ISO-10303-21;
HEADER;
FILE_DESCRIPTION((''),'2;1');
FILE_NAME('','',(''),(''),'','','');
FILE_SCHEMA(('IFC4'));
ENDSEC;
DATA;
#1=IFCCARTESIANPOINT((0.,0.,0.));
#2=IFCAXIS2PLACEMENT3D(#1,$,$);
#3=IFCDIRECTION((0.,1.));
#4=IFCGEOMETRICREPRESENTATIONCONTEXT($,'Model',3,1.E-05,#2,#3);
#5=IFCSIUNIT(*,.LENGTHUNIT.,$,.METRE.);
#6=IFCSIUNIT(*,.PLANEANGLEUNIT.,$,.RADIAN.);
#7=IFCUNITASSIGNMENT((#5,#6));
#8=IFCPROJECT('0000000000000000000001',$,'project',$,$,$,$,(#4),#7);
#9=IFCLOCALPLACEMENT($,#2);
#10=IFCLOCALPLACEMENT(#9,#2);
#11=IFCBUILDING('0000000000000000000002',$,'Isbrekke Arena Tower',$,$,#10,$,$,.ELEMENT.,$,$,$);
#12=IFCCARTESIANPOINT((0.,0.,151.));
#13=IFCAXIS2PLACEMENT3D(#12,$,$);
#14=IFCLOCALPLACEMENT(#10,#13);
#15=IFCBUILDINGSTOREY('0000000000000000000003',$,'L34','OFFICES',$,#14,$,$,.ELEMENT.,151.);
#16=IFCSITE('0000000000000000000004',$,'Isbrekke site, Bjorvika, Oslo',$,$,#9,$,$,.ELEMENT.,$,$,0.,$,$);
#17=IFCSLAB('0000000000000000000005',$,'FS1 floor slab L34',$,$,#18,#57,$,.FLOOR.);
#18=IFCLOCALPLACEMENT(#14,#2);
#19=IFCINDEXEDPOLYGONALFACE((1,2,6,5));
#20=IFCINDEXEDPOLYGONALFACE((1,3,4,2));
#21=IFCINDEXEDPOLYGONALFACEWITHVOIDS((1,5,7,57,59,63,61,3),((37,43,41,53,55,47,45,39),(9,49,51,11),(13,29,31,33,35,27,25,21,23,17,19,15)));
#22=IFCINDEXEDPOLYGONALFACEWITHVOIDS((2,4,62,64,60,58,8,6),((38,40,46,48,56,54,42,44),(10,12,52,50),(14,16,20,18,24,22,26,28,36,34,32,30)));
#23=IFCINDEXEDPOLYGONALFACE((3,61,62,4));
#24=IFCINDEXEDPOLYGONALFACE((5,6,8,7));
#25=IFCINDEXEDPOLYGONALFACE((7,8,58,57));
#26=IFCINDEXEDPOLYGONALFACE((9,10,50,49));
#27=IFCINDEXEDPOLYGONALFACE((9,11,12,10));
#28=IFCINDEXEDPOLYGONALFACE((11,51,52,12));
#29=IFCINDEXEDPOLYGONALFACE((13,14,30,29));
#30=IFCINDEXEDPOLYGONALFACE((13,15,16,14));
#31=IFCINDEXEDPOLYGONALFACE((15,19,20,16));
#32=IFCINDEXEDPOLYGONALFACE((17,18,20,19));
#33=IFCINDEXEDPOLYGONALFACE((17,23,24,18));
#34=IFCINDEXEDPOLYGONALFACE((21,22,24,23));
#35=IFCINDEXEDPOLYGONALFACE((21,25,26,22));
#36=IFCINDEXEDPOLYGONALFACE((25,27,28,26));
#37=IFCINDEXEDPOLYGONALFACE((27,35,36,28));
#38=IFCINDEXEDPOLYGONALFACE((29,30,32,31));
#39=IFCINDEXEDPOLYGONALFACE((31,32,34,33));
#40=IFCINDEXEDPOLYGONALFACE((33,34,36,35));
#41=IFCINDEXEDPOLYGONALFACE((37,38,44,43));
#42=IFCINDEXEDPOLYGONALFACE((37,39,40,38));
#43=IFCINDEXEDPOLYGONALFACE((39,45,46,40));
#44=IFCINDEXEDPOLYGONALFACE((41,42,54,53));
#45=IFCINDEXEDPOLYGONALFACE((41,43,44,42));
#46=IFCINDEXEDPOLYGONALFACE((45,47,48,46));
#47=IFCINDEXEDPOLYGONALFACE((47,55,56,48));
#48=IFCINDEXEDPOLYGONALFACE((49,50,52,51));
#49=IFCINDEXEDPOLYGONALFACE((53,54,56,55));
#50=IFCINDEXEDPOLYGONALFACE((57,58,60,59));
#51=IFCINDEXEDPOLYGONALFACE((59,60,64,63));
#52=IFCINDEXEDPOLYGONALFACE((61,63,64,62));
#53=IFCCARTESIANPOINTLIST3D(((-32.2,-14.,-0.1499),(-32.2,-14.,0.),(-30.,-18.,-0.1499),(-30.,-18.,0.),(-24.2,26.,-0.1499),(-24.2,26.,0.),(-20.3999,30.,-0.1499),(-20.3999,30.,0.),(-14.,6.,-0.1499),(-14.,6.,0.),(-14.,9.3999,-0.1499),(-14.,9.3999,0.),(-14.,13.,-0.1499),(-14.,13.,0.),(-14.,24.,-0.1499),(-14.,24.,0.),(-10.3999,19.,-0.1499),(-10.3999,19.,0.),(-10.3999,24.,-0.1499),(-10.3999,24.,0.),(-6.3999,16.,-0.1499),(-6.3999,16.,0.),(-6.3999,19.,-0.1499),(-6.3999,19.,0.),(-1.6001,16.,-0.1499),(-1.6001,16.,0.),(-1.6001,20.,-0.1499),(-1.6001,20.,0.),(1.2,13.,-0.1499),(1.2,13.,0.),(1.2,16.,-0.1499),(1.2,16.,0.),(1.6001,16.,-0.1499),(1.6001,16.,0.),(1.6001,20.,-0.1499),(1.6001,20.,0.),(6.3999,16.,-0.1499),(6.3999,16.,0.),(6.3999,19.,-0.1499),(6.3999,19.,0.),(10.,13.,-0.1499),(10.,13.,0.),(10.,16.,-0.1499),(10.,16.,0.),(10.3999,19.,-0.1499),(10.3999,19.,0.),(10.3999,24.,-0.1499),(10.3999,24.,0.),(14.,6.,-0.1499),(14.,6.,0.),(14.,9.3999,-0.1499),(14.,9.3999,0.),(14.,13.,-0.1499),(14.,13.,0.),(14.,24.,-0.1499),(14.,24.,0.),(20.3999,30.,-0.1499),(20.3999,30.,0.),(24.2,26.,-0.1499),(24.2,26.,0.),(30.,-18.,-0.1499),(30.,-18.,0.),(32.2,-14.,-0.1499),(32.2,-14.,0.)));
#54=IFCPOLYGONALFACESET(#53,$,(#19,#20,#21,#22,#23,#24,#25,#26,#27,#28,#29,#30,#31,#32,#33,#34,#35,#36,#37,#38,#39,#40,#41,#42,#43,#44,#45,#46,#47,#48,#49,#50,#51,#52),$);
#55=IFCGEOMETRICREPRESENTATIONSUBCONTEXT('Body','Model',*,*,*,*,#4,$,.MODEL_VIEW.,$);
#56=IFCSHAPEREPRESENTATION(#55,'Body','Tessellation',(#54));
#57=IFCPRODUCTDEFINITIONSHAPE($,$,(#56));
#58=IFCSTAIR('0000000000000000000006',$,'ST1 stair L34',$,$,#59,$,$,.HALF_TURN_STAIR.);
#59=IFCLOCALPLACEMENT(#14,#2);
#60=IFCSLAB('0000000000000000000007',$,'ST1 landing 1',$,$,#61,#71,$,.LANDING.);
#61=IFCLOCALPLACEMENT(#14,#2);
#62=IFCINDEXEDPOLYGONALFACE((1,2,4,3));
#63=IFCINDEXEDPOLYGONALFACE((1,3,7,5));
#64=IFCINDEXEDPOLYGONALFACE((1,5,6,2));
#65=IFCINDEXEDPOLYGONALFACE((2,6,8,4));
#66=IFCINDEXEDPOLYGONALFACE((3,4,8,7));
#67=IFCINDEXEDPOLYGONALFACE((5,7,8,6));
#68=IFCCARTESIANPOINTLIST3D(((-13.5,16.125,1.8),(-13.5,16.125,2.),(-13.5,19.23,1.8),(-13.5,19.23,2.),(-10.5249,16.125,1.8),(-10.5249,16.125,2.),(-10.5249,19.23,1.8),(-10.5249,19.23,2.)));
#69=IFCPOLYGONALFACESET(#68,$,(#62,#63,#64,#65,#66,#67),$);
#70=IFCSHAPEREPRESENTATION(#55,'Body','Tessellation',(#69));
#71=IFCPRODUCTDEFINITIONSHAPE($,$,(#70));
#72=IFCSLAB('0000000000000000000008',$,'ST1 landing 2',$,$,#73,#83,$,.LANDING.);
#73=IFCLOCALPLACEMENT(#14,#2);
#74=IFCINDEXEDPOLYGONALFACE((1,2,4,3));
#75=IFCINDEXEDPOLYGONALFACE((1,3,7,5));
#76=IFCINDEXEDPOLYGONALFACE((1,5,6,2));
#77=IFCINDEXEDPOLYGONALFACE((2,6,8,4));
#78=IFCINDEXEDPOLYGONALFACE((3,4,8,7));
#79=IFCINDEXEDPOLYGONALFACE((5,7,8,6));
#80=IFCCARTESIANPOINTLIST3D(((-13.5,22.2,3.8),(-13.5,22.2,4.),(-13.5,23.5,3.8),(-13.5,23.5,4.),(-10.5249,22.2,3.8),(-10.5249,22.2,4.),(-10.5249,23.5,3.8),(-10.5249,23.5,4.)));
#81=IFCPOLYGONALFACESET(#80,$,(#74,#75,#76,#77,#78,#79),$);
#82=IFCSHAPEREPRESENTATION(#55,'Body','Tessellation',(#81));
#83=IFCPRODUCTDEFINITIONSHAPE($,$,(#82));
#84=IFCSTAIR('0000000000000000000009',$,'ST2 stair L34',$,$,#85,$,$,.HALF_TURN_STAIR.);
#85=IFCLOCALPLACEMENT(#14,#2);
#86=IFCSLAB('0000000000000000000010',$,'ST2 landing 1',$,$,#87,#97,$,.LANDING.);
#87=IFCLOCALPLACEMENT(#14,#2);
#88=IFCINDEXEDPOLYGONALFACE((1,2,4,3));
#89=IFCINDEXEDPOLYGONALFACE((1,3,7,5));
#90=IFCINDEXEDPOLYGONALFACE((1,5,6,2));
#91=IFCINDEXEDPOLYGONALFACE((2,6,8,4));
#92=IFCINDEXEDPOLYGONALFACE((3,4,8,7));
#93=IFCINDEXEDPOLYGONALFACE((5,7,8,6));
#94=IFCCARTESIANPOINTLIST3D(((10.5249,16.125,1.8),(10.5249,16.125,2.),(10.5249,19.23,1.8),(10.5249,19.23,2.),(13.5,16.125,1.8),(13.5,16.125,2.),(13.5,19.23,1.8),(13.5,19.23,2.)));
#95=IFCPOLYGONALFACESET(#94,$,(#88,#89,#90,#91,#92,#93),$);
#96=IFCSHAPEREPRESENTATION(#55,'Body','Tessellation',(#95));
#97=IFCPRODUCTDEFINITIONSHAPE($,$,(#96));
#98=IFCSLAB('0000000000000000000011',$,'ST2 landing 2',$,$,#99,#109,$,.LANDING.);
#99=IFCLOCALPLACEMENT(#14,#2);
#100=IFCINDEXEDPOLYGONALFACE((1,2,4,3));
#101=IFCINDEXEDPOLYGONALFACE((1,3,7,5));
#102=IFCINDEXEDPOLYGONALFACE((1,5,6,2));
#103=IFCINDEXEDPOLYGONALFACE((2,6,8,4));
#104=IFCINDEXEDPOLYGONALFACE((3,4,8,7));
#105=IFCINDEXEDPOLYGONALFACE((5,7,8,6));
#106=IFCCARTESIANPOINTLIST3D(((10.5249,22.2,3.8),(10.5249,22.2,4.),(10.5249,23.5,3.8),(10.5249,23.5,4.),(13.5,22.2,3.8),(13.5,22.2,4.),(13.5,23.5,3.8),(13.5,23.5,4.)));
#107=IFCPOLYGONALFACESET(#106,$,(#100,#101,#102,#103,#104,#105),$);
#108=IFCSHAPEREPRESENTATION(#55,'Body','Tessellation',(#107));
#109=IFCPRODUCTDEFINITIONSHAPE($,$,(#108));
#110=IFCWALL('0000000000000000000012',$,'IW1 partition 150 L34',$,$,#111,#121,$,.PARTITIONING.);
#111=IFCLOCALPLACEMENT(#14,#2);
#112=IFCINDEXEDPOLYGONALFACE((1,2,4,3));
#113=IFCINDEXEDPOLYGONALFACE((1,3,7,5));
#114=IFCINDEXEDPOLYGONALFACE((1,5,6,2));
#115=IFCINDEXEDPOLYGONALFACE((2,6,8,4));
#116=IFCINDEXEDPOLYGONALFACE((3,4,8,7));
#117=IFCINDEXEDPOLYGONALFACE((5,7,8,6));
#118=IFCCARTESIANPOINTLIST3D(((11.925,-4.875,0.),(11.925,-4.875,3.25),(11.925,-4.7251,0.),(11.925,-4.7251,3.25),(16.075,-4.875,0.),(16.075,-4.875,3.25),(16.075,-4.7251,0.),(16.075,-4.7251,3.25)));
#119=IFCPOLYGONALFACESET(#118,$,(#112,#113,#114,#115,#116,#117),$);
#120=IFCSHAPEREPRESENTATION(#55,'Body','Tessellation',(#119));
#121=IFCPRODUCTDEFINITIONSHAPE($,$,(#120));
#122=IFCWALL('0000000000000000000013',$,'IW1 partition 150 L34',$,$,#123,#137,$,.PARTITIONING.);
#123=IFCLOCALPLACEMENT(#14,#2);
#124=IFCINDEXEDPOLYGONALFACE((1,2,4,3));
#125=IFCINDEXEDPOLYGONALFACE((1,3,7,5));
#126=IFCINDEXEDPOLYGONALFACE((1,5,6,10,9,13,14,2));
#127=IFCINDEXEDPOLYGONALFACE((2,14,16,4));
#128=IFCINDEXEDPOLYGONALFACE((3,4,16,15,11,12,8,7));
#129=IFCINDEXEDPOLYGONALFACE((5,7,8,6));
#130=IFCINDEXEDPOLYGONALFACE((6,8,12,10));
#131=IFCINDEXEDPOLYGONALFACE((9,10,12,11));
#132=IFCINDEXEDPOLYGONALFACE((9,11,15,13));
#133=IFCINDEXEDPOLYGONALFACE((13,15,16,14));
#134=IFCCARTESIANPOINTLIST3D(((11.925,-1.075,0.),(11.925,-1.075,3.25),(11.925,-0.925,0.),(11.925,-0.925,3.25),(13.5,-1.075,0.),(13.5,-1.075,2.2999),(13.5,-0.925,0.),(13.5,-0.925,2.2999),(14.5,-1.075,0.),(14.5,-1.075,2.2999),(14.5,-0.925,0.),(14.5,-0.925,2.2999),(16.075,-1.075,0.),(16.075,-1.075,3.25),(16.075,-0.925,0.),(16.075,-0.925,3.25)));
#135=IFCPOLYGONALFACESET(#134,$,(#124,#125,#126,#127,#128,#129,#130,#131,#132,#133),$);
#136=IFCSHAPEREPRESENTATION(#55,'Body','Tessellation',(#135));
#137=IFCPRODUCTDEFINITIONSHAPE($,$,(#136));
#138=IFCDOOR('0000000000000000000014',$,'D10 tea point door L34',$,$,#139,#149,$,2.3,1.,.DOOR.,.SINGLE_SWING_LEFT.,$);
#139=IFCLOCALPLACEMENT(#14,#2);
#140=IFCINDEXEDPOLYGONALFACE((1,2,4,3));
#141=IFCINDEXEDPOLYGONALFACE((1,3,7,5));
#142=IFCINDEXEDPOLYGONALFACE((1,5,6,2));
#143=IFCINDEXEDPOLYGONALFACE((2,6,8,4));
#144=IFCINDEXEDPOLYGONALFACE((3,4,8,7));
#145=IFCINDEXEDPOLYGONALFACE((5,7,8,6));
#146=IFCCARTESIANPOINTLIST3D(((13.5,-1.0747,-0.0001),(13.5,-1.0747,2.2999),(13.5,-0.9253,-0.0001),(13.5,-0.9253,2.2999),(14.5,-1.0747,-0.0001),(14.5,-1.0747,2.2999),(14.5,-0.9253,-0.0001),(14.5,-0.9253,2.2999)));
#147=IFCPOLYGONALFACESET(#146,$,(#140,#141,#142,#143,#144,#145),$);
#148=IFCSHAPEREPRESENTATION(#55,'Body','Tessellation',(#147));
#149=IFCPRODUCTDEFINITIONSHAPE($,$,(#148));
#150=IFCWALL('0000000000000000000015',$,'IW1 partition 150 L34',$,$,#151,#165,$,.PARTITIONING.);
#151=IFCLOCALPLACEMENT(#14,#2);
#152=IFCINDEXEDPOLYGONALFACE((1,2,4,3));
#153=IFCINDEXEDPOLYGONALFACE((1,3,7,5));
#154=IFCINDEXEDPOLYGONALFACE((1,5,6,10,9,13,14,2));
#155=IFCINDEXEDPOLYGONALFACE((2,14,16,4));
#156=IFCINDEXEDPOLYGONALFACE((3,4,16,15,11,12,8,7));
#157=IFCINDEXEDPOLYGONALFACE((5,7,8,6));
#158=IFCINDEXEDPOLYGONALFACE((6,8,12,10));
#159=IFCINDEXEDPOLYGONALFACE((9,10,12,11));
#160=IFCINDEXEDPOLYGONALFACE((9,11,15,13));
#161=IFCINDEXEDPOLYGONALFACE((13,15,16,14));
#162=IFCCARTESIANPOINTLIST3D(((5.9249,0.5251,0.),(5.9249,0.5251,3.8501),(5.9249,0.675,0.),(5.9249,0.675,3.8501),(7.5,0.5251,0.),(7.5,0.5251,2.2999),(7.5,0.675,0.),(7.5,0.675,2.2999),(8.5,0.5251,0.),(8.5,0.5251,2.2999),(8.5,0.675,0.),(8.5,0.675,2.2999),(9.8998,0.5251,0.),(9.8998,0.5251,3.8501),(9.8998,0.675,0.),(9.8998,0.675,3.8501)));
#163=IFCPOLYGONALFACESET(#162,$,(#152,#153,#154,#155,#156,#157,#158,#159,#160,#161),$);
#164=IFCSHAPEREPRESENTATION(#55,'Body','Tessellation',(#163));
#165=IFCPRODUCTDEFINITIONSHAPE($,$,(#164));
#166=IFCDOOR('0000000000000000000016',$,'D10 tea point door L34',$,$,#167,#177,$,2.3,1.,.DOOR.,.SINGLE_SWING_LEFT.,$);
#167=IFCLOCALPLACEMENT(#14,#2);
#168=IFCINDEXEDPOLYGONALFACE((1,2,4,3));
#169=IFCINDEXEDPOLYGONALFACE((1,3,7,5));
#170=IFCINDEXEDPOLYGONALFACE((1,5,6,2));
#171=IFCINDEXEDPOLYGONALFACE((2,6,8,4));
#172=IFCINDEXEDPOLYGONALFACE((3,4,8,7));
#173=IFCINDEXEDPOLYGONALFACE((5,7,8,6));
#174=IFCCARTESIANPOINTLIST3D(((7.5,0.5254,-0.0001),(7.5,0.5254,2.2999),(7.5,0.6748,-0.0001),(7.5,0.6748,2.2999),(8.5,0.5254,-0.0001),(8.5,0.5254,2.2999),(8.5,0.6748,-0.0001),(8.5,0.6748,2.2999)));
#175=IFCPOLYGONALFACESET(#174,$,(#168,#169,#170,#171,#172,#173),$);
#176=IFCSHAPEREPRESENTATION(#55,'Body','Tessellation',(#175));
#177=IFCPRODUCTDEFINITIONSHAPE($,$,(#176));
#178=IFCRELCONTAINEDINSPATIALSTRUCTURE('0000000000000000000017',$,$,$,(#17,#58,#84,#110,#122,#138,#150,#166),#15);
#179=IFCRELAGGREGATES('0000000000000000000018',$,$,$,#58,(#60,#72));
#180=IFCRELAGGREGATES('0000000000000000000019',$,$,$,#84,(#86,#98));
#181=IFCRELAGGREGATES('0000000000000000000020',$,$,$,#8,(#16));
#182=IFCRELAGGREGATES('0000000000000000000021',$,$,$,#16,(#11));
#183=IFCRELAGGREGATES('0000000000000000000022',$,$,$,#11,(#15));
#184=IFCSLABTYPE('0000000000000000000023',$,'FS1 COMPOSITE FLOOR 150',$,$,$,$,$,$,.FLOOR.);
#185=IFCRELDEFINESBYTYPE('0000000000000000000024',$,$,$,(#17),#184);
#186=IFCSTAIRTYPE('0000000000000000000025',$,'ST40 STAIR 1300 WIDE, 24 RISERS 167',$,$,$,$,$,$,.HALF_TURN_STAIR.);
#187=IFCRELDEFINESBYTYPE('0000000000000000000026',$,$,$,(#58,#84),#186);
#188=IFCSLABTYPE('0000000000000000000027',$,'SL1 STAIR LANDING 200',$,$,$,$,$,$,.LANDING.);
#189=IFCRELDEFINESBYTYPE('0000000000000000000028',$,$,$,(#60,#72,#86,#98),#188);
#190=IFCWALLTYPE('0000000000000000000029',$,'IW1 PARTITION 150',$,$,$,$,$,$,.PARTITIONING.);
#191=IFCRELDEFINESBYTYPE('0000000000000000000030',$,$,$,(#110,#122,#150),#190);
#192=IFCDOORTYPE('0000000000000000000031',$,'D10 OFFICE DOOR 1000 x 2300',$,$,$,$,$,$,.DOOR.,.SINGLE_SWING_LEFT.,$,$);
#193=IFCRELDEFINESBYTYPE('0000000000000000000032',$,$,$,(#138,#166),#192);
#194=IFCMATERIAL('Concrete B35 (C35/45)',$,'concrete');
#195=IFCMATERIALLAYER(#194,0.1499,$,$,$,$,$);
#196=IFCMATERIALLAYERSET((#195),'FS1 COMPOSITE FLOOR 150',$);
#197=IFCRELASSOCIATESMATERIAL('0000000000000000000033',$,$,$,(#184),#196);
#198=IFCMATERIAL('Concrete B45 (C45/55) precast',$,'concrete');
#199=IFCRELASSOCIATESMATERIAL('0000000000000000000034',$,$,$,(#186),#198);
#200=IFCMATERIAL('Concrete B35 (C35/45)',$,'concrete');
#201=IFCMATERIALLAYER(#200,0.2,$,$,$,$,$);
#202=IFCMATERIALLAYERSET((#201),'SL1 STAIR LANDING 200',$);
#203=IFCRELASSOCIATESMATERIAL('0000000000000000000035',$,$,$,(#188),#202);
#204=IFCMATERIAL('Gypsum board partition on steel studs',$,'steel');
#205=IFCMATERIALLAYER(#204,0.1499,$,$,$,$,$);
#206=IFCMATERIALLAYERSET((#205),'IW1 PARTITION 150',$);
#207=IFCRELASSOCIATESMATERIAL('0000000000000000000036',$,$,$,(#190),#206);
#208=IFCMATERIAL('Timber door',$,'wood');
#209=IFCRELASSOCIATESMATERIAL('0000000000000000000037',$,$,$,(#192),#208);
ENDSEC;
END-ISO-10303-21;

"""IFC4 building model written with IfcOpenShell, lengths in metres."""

from ifc_helpers import new_model, si_unit, direction, frame, frame_2d, origin, place, context, subcontext, project, spatial, polyline, rectangle, outline, extrude, material, layer, layer_set, type_object, element, fill, aggregate, save


model = new_model("IFC4")

# Units and contexts
model_context = context("Model", 3, precision=1e-05, world=origin(), true_north=direction((0.0, 1.0)))
body_context = subcontext(model_context, "Body", "Model", "MODEL_VIEW")
ifc_project = project(units=[si_unit("LENGTHUNIT", "METRE"), si_unit("PLANEANGLEUNIT", "RADIAN")], contexts=[model_context])

# Site, building, storey
site_placement = place(None, origin())
site = spatial("IfcSite", under=ifc_project, at=site_placement, Name="Isbrekke site, Bjorvika, Oslo", CompositionType="ELEMENT", RefElevation=0.0)
building_placement = place(site_placement, origin())
building = spatial("IfcBuilding", under=site, at=building_placement, Name="Isbrekke Arena Tower", CompositionType="ELEMENT")
storey_placement = place(building_placement, frame((0.0, 0.0, 151.0)))
storey = spatial("IfcBuildingStorey", under=building, at=storey_placement, Name="L34", Description="OFFICES", CompositionType="ELEMENT", Elevation=151.0)

# Slab
ifc_material_1 = material(Name="Concrete B35 (C35/45)", Category="concrete")
ifc_layer_1 = layer(ifc_material_1, 0.1499)
ifc_layer_set_1 = layer_set([ifc_layer_1], Name="FS1 COMPOSITE FLOOR 150")
slab_type_1 = type_object("IfcSlabType", Name="FS1 COMPOSITE FLOOR 150", PredefinedType="FLOOR", material=ifc_layer_set_1)
slab_1_placement = place(storey_placement, frame((0.0, 0.0, -0.1499)))
element("IfcSlab", 1, at=slab_1_placement, inside=storey, type_object=slab_type_1, Name="FS1 floor slab L34", PredefinedType="FLOOR", context=body_context, shape_type="SweptSolid", body=[
    extrude(outline(polyline([(-30.0, -18.0), (30.0, -18.0), (32.2, -14.0), (24.2, 26.0), (20.3999, 30.0), (-20.3999, 30.0), (-24.2, 26.0), (-32.2, -14.0), (-30.0, -18.0)]), holes=[polyline([(14.0, 9.3999), (14.0, 6.0), (-14.0, 6.0), (-14.0, 9.3999), (14.0, 9.3999)]), polyline([(-6.3999, 19.0), (-6.3999, 16.0), (-1.6001, 16.0), (-1.6001, 20.0), (1.6001, 20.0), (1.6001, 16.0), (1.2, 16.0), (1.2, 13.0), (-14.0, 13.0), (-14.0, 24.0), (-10.3999, 24.0), (-10.3999, 19.0), (-6.3999, 19.0)]), polyline([(10.0, 13.0), (10.0, 16.0), (6.3999, 16.0), (6.3999, 19.0), (10.3999, 19.0), (10.3999, 24.0), (14.0, 24.0), (14.0, 13.0), (10.0, 13.0)])]), origin(), (0.0, 0.0, 1.0), 0.1499),
])

# Stairs, slabs
ifc_material_2 = material(Name="Concrete B45 (C45/55) precast", Category="concrete")
stair_type = type_object("IfcStairType", Name="ST40 STAIR 1300 WIDE, 24 RISERS 167", PredefinedType="HALF_TURN_STAIR", material=ifc_material_2)
stair_1_placement = place(storey_placement, origin())
stair_1 = element("IfcStair", 2, at=stair_1_placement, inside=storey, type_object=stair_type, Name="ST1 stair L34", PredefinedType="HALF_TURN_STAIR")
ifc_material_3 = material(Name="Concrete B35 (C35/45)", Category="concrete")
ifc_layer_2 = layer(ifc_material_3, 0.2)
ifc_layer_set_2 = layer_set([ifc_layer_2], Name="SL1 STAIR LANDING 200")
slab_type_2 = type_object("IfcSlabType", Name="SL1 STAIR LANDING 200", PredefinedType="LANDING", material=ifc_layer_set_2)
slab_2_placement = place(storey_placement, frame((0.0, 0.0, 1.8)))
slab_2 = element("IfcSlab", 3, at=slab_2_placement, type_object=slab_type_2, Name="ST1 landing 1", PredefinedType="LANDING", context=body_context, shape_type="SweptSolid", body=[
    extrude(outline(polyline([(-13.5, 16.125), (-10.5249, 16.125), (-10.5249, 19.23), (-13.5, 19.23), (-13.5, 16.125)])), origin(), (0.0, 0.0, 1.0), 0.2),
])
slab_3_placement = place(storey_placement, frame((0.0, 0.0, 3.8)))
slab_3 = element("IfcSlab", 4, at=slab_3_placement, type_object=slab_type_2, Name="ST1 landing 2", PredefinedType="LANDING", context=body_context, shape_type="SweptSolid", body=[
    extrude(outline(polyline([(-13.5, 22.2), (-10.5249, 22.2), (-10.5249, 23.5), (-13.5, 23.5), (-13.5, 22.2)])), origin(), (0.0, 0.0, 1.0), 0.2),
])
aggregate(stair_1, [slab_2, slab_3])
stair_2_placement = place(storey_placement, origin())
stair_2 = element("IfcStair", 5, at=stair_2_placement, inside=storey, type_object=stair_type, Name="ST2 stair L34", PredefinedType="HALF_TURN_STAIR")
slab_4_placement = place(storey_placement, frame((0.0, 0.0, 1.8)))
slab_4 = element("IfcSlab", 6, at=slab_4_placement, type_object=slab_type_2, Name="ST2 landing 1", PredefinedType="LANDING", context=body_context, shape_type="SweptSolid", body=[
    extrude(outline(polyline([(10.5249, 16.125), (13.5, 16.125), (13.5, 19.23), (10.5249, 19.23), (10.5249, 16.125)])), origin(), (0.0, 0.0, 1.0), 0.2),
])
slab_5_placement = place(storey_placement, frame((0.0, 0.0, 3.8)))
slab_5 = element("IfcSlab", 7, at=slab_5_placement, type_object=slab_type_2, Name="ST2 landing 2", PredefinedType="LANDING", context=body_context, shape_type="SweptSolid", body=[
    extrude(outline(polyline([(10.5249, 22.2), (13.5, 22.2), (13.5, 23.5), (10.5249, 23.5), (10.5249, 22.2)])), origin(), (0.0, 0.0, 1.0), 0.2),
])
aggregate(stair_2, [slab_4, slab_5])

# Wall
ifc_material_4 = material(Name="Gypsum board partition on steel studs", Category="steel")
ifc_layer_3 = layer(ifc_material_4, 0.1499)
ifc_layer_set_3 = layer_set([ifc_layer_3], Name="IW1 PARTITION 150")
wall_type_1 = type_object("IfcWallType", Name="IW1 PARTITION 150", PredefinedType="PARTITIONING", material=ifc_layer_set_3)
wall_1_placement = place(storey_placement, frame((11.925, -4.8, 0.0), z_axis=(0.0, 0.0, 1.0), x_axis=(1.0, 0.0, 0.0)))
element("IfcWall", 8, at=wall_1_placement, inside=storey, type_object=wall_type_1, Name="IW1 partition 150 L34", PredefinedType="PARTITIONING", context=body_context, shape_type="SweptSolid", body=[
    extrude(rectangle(XDim=4.1499, YDim=0.1499, at=frame_2d((2.075, 0.0))), origin(), (0.0, 0.0, 1.0), 3.25),
])

# Walls, openings, doors
wall_2_placement = place(storey_placement, frame((11.925, -1.0, 0.0), z_axis=(0.0, 0.0, 1.0), x_axis=(1.0, 0.0, 0.0)))
wall_2 = element("IfcWall", 9, at=wall_2_placement, inside=storey, type_object=wall_type_1, Name="IW1 partition 150 L34", PredefinedType="PARTITIONING", context=body_context, shape_type="SweptSolid", body=[
    extrude(rectangle(XDim=4.1499, YDim=0.1499, at=frame_2d((2.075, 0.0))), origin(), (0.0, 0.0, 1.0), 3.25),
])
opening_1_placement = place(wall_2_placement, frame((1.575, 0.0, 0.0)))
opening_1 = element("IfcOpeningElement", 10, at=opening_1_placement, cuts=wall_2, PredefinedType="OPENING", context=body_context, shape_type="SweptSolid", body=[
    extrude(rectangle(XDim=1.0, YDim=2.3, at=frame_2d((0.5, 1.1499))), frame((0.0, 0.0898, 0.0), z_axis=(0.0, -1.0, 0.0), x_axis=(1.0, 0.0, 0.0)), (0.0, 0.0, 1.0), 0.1797),
])
ifc_material_5 = material(Name="Timber door", Category="wood")
door_type = type_object("IfcDoorType", Name="D10 OFFICE DOOR 1000 x 2300", OperationType="SINGLE_SWING_LEFT", PredefinedType="DOOR", material=ifc_material_5)
door_1_placement = place(opening_1_placement, origin())
door_1 = element("IfcDoor", 11, at=door_1_placement, inside=storey, type_object=door_type, Name="D10 tea point door L34", OperationType="SINGLE_SWING_LEFT", OverallHeight=2.3, OverallWidth=1.0, PredefinedType="DOOR", context=body_context, shape_type="SweptSolid", body=[
    extrude(rectangle(XDim=1.0, YDim=2.3, at=frame_2d((0.5, 1.1499))), frame((0.0, 0.0747, 0.0), z_axis=(0.0, -1.0, 0.0), x_axis=(1.0, 0.0, 0.0)), (0.0, 0.0, 1.0), 0.1494),
])
fill(opening_1, door_1)
wall_3_placement = place(storey_placement, frame((5.925, 0.6001, 0.0), z_axis=(0.0, 0.0, 1.0), x_axis=(1.0, 0.0, 0.0)))
wall_3 = element("IfcWall", 12, at=wall_3_placement, inside=storey, type_object=wall_type_1, Name="IW1 partition 150 L34", PredefinedType="PARTITIONING", context=body_context, shape_type="SweptSolid", body=[
    extrude(rectangle(XDim=3.9749, YDim=0.1499, at=frame_2d((1.9873, 0.0))), origin(), (0.0, 0.0, 1.0), 3.8501),
])
opening_2_placement = place(wall_3_placement, frame((1.575, 0.0, 0.0)))
opening_2 = element("IfcOpeningElement", 13, at=opening_2_placement, cuts=wall_3, PredefinedType="OPENING", context=body_context, shape_type="SweptSolid", body=[
    extrude(rectangle(XDim=1.0, YDim=2.3, at=frame_2d((0.5, 1.1499))), frame((0.0, 0.0898, 0.0), z_axis=(0.0, -1.0, 0.0), x_axis=(1.0, 0.0, 0.0)), (0.0, 0.0, 1.0), 0.1797),
])
door_2_placement = place(opening_2_placement, origin())
door_2 = element("IfcDoor", 14, at=door_2_placement, inside=storey, type_object=door_type, Name="D10 tea point door L34", OperationType="SINGLE_SWING_LEFT", OverallHeight=2.3, OverallWidth=1.0, PredefinedType="DOOR", context=body_context, shape_type="SweptSolid", body=[
    extrude(rectangle(XDim=1.0, YDim=2.3, at=frame_2d((0.5, 1.1499))), frame((0.0, 0.0747, 0.0), z_axis=(0.0, -1.0, 0.0), x_axis=(1.0, 0.0, 0.0)), (0.0, 0.0, 1.0), 0.1494),
])
fill(opening_2, door_2)

save(model, "model.ifc")
